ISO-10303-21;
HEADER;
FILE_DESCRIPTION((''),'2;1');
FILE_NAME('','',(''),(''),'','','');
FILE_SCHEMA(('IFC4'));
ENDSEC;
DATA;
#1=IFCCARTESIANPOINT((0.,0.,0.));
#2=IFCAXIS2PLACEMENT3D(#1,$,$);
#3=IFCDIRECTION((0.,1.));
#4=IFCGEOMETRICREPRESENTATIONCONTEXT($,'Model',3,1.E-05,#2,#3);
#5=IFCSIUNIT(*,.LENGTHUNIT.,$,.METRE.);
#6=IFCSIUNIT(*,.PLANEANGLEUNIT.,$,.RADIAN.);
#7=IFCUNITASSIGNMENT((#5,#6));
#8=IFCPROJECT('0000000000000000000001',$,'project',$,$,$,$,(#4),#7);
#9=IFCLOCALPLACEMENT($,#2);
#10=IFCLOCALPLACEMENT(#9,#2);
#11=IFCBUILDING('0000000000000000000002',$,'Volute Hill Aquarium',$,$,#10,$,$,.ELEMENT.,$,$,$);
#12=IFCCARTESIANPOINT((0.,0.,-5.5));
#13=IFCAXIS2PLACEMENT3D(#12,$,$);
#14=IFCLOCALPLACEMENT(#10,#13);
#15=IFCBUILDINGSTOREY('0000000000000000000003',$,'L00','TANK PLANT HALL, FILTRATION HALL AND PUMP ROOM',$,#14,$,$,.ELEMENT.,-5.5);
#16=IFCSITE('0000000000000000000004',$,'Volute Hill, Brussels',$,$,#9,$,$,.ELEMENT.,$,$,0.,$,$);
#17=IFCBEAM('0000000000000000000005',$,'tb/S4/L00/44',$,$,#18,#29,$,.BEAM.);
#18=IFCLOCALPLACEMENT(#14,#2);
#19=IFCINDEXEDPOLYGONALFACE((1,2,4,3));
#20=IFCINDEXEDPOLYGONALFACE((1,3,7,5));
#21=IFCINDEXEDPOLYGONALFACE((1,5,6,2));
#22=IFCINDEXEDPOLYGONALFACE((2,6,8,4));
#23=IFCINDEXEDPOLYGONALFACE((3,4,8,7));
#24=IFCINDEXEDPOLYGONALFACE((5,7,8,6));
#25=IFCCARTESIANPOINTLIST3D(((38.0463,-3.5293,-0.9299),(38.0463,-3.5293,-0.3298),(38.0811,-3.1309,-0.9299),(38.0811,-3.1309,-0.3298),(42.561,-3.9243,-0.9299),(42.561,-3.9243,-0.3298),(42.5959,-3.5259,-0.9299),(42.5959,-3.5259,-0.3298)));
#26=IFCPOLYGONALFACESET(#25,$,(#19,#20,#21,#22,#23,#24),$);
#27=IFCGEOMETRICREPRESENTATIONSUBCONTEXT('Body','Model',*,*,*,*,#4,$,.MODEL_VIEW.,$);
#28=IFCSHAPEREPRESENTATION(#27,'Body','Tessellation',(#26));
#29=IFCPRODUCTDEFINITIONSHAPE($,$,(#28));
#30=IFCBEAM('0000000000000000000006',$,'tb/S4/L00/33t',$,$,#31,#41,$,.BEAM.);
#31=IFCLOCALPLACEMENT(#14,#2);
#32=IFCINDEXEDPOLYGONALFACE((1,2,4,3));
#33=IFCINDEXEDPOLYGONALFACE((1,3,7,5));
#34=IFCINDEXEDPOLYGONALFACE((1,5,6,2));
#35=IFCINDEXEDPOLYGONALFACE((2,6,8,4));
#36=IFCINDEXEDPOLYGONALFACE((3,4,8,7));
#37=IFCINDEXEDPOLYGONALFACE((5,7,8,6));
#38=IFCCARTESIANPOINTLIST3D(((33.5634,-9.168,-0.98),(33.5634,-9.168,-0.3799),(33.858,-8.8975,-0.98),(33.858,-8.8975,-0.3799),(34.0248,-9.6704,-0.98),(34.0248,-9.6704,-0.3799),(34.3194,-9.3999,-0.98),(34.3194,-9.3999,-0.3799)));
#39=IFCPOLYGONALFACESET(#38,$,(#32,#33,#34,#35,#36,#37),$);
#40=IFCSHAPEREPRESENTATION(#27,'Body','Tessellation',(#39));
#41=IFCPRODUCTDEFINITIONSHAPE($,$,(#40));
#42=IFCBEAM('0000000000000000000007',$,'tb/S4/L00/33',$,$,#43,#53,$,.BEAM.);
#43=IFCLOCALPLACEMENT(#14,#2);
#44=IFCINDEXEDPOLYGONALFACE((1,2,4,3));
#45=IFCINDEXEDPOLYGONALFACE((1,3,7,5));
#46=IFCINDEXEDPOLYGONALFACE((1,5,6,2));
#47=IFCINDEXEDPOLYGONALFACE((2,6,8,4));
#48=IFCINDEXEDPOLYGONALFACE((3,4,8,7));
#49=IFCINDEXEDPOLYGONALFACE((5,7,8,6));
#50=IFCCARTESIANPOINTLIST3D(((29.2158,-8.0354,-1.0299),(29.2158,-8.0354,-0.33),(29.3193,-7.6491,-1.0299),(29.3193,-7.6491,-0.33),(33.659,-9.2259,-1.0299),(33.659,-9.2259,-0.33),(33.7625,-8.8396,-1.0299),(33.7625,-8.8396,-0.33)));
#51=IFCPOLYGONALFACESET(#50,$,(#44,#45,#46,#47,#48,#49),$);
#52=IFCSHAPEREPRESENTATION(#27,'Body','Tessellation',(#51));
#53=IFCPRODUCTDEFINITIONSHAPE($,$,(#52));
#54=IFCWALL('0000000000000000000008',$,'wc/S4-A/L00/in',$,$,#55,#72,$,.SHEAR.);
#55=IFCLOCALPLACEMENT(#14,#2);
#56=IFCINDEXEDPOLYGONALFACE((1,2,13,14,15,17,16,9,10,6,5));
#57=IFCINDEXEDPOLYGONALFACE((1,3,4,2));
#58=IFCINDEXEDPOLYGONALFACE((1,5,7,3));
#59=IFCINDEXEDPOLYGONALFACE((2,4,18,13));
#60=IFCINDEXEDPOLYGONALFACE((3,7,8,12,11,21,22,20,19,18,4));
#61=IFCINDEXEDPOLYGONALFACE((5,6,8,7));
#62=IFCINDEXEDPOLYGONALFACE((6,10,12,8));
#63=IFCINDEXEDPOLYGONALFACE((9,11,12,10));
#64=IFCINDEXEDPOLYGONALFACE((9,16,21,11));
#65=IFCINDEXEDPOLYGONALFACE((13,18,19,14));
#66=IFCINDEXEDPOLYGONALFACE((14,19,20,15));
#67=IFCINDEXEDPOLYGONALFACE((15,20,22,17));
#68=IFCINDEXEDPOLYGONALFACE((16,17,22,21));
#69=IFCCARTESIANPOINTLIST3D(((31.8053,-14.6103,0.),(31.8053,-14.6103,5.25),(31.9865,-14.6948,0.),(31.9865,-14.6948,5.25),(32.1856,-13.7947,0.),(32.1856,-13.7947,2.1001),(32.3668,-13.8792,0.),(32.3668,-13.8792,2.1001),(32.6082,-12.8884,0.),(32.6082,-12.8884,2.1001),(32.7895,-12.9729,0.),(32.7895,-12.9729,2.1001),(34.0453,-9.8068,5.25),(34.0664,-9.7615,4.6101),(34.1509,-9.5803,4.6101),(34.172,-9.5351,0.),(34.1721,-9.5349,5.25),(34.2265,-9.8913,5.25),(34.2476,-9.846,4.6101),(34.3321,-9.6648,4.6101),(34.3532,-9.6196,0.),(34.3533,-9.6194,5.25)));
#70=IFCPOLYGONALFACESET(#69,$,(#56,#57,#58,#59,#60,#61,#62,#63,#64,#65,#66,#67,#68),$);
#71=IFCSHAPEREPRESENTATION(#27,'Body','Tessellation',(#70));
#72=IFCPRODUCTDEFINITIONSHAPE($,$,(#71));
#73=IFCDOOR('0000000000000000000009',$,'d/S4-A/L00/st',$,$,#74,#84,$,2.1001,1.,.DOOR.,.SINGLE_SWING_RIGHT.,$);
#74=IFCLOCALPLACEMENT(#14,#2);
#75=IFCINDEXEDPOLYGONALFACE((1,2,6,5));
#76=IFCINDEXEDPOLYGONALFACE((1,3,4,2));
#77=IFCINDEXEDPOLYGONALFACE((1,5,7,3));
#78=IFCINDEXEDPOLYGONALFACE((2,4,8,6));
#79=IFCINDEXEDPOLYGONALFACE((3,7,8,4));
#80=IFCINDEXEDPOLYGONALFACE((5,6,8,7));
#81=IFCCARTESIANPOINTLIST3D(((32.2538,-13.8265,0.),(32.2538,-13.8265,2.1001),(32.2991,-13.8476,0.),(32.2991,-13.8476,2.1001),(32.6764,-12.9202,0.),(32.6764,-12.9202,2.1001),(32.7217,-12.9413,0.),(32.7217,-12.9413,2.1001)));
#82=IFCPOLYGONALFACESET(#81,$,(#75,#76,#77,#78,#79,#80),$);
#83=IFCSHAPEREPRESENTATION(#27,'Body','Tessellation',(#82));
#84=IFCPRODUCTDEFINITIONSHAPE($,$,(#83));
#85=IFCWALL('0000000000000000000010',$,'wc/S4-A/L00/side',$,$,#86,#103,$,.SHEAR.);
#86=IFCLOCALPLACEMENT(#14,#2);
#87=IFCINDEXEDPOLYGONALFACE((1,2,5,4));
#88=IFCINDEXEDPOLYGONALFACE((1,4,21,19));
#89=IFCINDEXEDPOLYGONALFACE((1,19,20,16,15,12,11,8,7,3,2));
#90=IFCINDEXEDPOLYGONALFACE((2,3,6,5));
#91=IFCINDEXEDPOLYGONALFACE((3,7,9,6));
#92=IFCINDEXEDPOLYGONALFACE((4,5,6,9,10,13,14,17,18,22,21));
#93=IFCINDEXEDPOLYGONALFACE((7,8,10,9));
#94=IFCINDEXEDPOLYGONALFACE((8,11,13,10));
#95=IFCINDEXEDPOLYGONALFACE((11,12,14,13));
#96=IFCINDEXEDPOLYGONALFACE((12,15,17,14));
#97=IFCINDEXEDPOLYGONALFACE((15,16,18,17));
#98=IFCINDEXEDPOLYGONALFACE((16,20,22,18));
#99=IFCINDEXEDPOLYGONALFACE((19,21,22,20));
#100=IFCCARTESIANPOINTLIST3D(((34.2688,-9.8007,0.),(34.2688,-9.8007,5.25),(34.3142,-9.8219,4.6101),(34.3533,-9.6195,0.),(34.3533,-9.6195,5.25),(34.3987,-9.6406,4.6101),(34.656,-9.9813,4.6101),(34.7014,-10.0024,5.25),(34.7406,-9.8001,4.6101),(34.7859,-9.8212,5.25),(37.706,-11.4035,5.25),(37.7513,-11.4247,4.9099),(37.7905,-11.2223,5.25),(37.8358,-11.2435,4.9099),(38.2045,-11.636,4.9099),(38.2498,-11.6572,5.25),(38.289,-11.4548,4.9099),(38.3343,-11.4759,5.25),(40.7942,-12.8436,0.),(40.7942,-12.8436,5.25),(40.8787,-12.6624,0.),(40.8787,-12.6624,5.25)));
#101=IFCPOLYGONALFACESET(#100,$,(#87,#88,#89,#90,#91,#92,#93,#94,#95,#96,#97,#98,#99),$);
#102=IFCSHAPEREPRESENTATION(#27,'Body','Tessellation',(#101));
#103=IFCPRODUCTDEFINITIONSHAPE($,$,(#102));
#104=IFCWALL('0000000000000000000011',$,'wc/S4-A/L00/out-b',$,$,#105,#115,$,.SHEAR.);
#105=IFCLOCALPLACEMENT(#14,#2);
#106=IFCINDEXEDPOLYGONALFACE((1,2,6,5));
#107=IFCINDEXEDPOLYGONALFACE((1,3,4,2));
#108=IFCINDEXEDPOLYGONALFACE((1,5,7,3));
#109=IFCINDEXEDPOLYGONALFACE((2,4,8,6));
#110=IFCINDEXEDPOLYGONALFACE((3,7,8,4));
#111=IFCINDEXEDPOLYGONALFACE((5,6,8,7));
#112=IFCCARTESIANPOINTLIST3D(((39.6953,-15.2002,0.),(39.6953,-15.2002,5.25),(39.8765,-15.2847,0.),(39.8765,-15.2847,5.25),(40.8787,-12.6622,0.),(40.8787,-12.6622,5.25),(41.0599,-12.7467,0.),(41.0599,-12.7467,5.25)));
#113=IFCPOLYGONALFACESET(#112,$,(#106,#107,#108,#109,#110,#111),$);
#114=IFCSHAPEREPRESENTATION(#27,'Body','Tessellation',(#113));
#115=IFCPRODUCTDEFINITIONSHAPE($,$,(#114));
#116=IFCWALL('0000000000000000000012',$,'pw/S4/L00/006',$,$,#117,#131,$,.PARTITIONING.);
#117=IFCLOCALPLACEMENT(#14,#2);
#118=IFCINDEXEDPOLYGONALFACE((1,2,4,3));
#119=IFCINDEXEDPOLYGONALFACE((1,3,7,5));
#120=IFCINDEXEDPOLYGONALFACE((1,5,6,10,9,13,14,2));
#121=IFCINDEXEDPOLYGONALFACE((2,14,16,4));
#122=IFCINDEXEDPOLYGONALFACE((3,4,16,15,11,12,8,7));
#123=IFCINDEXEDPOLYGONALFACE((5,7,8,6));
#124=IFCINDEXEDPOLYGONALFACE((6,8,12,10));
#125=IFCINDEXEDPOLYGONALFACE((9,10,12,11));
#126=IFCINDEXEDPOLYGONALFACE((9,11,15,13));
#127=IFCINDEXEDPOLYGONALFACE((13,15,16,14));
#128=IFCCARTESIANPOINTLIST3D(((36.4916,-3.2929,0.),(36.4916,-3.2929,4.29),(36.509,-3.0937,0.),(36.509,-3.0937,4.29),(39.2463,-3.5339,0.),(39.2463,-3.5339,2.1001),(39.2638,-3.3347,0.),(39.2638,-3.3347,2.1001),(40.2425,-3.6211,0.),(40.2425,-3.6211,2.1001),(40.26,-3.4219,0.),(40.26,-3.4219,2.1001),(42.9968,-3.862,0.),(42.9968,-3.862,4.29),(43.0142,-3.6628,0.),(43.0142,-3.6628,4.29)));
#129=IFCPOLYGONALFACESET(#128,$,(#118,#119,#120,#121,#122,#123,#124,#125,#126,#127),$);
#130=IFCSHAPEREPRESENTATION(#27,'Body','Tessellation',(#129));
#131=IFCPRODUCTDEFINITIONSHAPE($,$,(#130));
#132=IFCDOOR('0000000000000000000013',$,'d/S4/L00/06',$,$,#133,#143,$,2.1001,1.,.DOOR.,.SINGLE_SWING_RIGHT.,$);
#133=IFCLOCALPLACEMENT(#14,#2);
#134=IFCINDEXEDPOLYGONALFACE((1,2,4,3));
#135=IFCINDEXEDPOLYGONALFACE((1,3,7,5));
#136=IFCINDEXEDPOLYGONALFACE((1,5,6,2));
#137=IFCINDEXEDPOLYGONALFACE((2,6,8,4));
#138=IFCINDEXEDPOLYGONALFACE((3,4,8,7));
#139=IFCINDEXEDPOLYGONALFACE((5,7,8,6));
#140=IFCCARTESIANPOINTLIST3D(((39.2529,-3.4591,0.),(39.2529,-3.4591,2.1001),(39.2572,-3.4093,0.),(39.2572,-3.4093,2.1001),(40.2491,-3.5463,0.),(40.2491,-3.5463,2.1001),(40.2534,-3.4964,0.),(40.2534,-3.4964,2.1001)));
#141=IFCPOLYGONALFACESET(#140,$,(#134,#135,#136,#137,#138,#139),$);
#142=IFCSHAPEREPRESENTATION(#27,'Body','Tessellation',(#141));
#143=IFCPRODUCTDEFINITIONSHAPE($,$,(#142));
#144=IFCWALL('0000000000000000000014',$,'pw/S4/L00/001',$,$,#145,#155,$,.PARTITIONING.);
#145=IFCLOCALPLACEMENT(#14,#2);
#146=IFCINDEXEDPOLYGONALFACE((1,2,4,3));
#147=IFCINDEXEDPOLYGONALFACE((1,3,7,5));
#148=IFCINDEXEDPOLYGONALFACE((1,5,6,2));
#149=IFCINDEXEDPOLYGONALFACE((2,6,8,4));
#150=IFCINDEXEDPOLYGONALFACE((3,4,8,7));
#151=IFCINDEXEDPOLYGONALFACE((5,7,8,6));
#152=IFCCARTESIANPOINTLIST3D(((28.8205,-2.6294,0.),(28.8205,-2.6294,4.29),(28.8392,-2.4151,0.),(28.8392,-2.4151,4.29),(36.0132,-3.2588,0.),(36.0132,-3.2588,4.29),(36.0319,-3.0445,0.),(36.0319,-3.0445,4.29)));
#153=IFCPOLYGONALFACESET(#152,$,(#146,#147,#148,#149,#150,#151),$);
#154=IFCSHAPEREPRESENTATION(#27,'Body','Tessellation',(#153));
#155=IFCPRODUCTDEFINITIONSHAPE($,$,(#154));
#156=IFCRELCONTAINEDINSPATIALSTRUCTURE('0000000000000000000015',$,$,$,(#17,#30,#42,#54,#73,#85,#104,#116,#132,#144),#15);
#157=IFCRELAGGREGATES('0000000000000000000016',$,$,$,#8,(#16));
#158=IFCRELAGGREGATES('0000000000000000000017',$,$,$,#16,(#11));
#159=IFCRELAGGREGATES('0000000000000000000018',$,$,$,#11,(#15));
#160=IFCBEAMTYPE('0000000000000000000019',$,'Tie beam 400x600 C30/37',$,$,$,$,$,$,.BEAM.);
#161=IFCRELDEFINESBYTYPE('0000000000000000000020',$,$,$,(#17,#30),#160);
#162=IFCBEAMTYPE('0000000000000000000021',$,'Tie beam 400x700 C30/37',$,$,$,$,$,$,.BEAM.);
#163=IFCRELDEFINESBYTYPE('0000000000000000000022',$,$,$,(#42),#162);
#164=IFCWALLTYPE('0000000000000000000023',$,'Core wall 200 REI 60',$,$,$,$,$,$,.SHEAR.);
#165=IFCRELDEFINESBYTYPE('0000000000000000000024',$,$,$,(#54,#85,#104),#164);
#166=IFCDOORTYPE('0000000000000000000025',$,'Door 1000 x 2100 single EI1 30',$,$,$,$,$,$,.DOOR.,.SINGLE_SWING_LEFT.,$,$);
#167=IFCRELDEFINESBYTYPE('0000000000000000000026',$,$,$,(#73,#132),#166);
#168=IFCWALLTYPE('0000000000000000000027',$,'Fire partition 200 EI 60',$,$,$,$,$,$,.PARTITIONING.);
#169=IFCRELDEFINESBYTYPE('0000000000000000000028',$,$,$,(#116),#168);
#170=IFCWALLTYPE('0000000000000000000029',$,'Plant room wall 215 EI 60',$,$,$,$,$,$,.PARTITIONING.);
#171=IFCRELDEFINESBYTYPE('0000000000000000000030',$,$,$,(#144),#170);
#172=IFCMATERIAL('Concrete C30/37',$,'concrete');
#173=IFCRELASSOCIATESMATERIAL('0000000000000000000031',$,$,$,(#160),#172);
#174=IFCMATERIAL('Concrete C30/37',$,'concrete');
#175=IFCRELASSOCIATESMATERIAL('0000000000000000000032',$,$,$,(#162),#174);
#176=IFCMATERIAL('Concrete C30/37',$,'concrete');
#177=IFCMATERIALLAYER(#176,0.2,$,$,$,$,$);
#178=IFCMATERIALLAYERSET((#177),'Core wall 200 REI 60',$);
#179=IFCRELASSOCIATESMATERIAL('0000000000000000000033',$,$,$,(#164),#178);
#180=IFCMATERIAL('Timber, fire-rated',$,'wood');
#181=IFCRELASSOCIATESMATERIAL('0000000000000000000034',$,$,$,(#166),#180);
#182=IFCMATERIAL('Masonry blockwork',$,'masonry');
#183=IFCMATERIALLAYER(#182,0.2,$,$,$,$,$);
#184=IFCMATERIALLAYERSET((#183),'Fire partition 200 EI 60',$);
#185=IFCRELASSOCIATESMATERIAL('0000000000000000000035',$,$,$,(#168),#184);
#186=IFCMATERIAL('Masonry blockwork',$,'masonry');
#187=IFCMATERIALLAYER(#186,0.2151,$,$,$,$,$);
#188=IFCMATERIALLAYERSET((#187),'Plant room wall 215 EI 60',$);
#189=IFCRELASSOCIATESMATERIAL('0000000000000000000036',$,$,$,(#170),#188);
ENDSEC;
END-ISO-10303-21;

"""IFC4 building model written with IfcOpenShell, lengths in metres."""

from ifc_helpers import new_model, si_unit, direction, frame, frame_2d, origin, origin_2d, place, context, subcontext, project, spatial, polyline, rectangle, outline, extrude, material, layer, layer_set, material_profile, profile_set, type_object, element, fill, save


model = new_model("IFC4")

# Units and contexts
model_context = context("Model", 3, precision=1e-05, world=origin(), true_north=direction((0.0, 1.0)))
body_context = subcontext(model_context, "Body", "Model", "MODEL_VIEW")
ifc_project = project(units=[si_unit("LENGTHUNIT", "METRE"), si_unit("PLANEANGLEUNIT", "RADIAN")], contexts=[model_context])

# Site, building, storey
site_placement = place(None, origin())
site = spatial("IfcSite", under=ifc_project, at=site_placement, Name="Volute Hill, Brussels", CompositionType="ELEMENT", RefElevation=0.0)
building_placement = place(site_placement, origin())
building = spatial("IfcBuilding", under=site, at=building_placement, Name="Volute Hill Aquarium", CompositionType="ELEMENT")
storey_placement = place(building_placement, frame((0.0, 0.0, -5.5)))
storey = spatial("IfcBuildingStorey", under=building, at=storey_placement, Name="L00", Description="TANK PLANT HALL, FILTRATION HALL AND PUMP ROOM", CompositionType="ELEMENT", Elevation=-5.5)

# Beams
ifc_material_1 = material(Name="Concrete C30/37", Category="concrete")
ifc_material_profile_1 = material_profile(ifc_material_1, rectangle(XDim=0.3999, YDim=0.6001, at=origin_2d()), Name="RC tie beam 400x600")
ifc_profile_set_1 = profile_set([ifc_material_profile_1], Name="Concrete C30/37")
beam_type_1 = type_object("IfcBeamType", Name="Tie beam 400x600 C30/37", PredefinedType="BEAM", material=ifc_profile_set_1)
beam_1_placement = place(storey_placement, frame((38.0637, -3.3301, -0.6299), z_axis=(0.996194, -0.087164, 0.0), x_axis=(0.087164, 0.996194, 0.0)))
element("IfcBeam", 1, at=beam_1_placement, inside=storey, type_object=beam_type_1, Name="tb/S4/L00/44", PredefinedType="BEAM", context=body_context, shape_type="SweptSolid", body=[
    extrude(rectangle(XDim=0.3999, YDim=0.6001, at=origin_2d()), origin(), (0.0, 0.0, 1.0), 4.532),
])
beam_2_placement = place(storey_placement, frame((33.7107, -9.0327, -0.6799), z_axis=(0.676405, -0.73653, 0.0), x_axis=(0.73653, 0.676405, 0.0)))
element("IfcBeam", 2, at=beam_2_placement, inside=storey, type_object=beam_type_1, Name="tb/S4/L00/33t", PredefinedType="BEAM", context=body_context, shape_type="SweptSolid", body=[
    extrude(rectangle(XDim=0.3999, YDim=0.6001, at=origin_2d()), origin(), (0.0, 0.0, 1.0), 0.6821),
])
ifc_material_2 = material(Name="Concrete C30/37", Category="concrete")
ifc_material_profile_2 = material_profile(ifc_material_2, rectangle(XDim=0.3999, YDim=0.7, at=origin_2d()), Name="RC tie beam 400x700")
ifc_profile_set_2 = profile_set([ifc_material_profile_2], Name="Concrete C30/37")
beam_type_2 = type_object("IfcBeamType", Name="Tie beam 400x700 C30/37", PredefinedType="BEAM", material=ifc_profile_set_2)
beam_3_placement = place(storey_placement, frame((29.2676, -7.8423, -0.6799), z_axis=(0.965931, -0.258799, 0.0), x_axis=(0.258799, 0.965931, 0.0)))
element("IfcBeam", 3, at=beam_3_placement, inside=storey, type_object=beam_type_2, Name="tb/S4/L00/33", PredefinedType="BEAM", context=body_context, shape_type="SweptSolid", body=[
    extrude(rectangle(XDim=0.3999, YDim=0.7, at=origin_2d()), origin(), (0.0, 0.0, 1.0), 4.5999),
])

# Wall, opening, door
ifc_material_3 = material(Name="Concrete C30/37", Category="concrete")
ifc_layer_1 = layer(ifc_material_3, 0.2)
ifc_layer_set_1 = layer_set([ifc_layer_1], Name="Core wall 200 REI 60")
wall_type_1 = type_object("IfcWallType", Name="Core wall 200 REI 60", PredefinedType="SHEAR", material=ifc_layer_set_1)
wall_1_placement = place(storey_placement, frame((31.896, -14.6526, 0.0), z_axis=(0.0, 0.0, 1.0), x_axis=(0.422632, 0.906301, 0.0)))
wall_1 = element("IfcWall", 4, at=wall_1_placement, inside=storey, type_object=wall_type_1, Name="wc/S4-A/L00/in", PredefinedType="SHEAR", context=body_context, shape_type="SweptSolid", body=[
    extrude(outline(polyline([(0.0, 0.0), (5.5999, 0.0), (5.6001, 5.25), (5.55, 4.6101), (5.3501, 4.6101), (5.3, 5.25), (0.0, 5.25), (0.0, 0.0)])), frame((0.0, 0.1001, 0.0), z_axis=(0.0, -1.0, 0.0), x_axis=(1.0, 0.0, 0.0)), (0.0, 0.0, 1.0), 0.2),
])
opening_1_placement = place(wall_1_placement, frame((0.8999, 0.0, 0.0)))
opening_1 = element("IfcOpeningElement", 5, at=opening_1_placement, cuts=wall_1, PredefinedType="OPENING", context=body_context, shape_type="SweptSolid", body=[
    extrude(rectangle(XDim=1.0, YDim=2.1001, at=frame_2d((0.5, 1.05))), frame((0.0, 0.1099, 0.0), z_axis=(0.0, -1.0, 0.0), x_axis=(1.0, 0.0, 0.0)), (0.0, 0.0, 1.0), 0.22),
])
ifc_material_4 = material(Name="Timber, fire-rated", Category="wood")
door_type_1 = type_object("IfcDoorType", Name="Door 1000 x 2100 single EI1 30", OperationType="SINGLE_SWING_LEFT", PredefinedType="DOOR", material=ifc_material_4)
door_1_placement = place(opening_1_placement, origin())
door_1 = element("IfcDoor", 6, at=door_1_placement, inside=storey, type_object=door_type_1, Name="d/S4-A/L00/st", OperationType="SINGLE_SWING_RIGHT", OverallHeight=2.1001, OverallWidth=1.0, PredefinedType="DOOR", context=body_context, shape_type="SweptSolid", body=[
    extrude(rectangle(XDim=1.0, YDim=2.1001, at=frame_2d((0.5, 1.05))), frame((0.0, 0.0249, 0.0), z_axis=(0.0, -1.0, 0.0), x_axis=(1.0, 0.0, 0.0)), (0.0, 0.0, 1.0), 0.05),
])
fill(opening_1, door_1)

# Walls
wall_2_placement = place(storey_placement, frame((34.311, -9.7102, 0.0), z_axis=(0.0, 0.0, 1.0), x_axis=(0.906301, -0.422633, 0.0)))
element("IfcWall", 7, at=wall_2_placement, inside=storey, type_object=wall_type_1, Name="wc/S4-A/L00/side", PredefinedType="SHEAR", context=body_context, shape_type="SweptSolid", body=[
    extrude(outline(polyline([(0.0, 0.0), (7.2, 0.0), (7.2, 5.25), (4.3926, 5.25), (4.3425, 4.9099), (3.8425, 4.9099), (3.7925, 5.25), (0.4773, 5.25), (0.4272, 4.6101), (0.05, 4.6101), (0.0, 5.25), (0.0, 0.0)])), frame((0.0, 0.1001, 0.0), z_axis=(0.0, -1.0, 0.0), x_axis=(1.0, 0.0, 0.0)), (0.0, 0.0, 1.0), 0.2),
])
wall_3_placement = place(storey_placement, frame((39.7859, -15.2424, 0.0), z_axis=(0.0, 0.0, 1.0), x_axis=(0.422599, 0.906317, 0.0)))
element("IfcWall", 8, at=wall_3_placement, inside=storey, type_object=wall_type_1, Name="wc/S4-A/L00/out-b", PredefinedType="SHEAR", context=body_context, shape_type="SweptSolid", body=[
    extrude(rectangle(XDim=2.8003, YDim=0.2, at=frame_2d((1.4001, 0.0))), origin(), (0.0, 0.0, 1.0), 5.25),
])

# Wall, opening, door
ifc_material_5 = material(Name="Masonry blockwork", Category="masonry")
ifc_layer_2 = layer(ifc_material_5, 0.2)
ifc_layer_set_2 = layer_set([ifc_layer_2], Name="Fire partition 200 EI 60")
wall_type_2 = type_object("IfcWallType", Name="Fire partition 200 EI 60", PredefinedType="PARTITIONING", material=ifc_layer_set_2)
wall_4_placement = place(storey_placement, frame((43.0056, -3.7625, 0.0), z_axis=(0.0, 0.0, 1.0), x_axis=(-0.996195, 0.087151, 0.0)))
wall_4 = element("IfcWall", 9, at=wall_4_placement, inside=storey, type_object=wall_type_2, Name="pw/S4/L00/006", PredefinedType="PARTITIONING", context=body_context, shape_type="SweptSolid", body=[
    extrude(rectangle(XDim=6.53, YDim=0.2, at=frame_2d((3.2651, 0.0))), origin(), (0.0, 0.0, 1.0), 4.29),
])
opening_2_placement = place(wall_4_placement, frame((2.7649, 0.0, 0.0)))
opening_2 = element("IfcOpeningElement", 10, at=opening_2_placement, cuts=wall_4, PredefinedType="OPENING", context=body_context, shape_type="SweptSolid", body=[
    extrude(rectangle(XDim=1.0, YDim=2.1001, at=frame_2d((0.5, 1.05))), frame((0.0, 0.1099, 0.0), z_axis=(0.0, -1.0, 0.0), x_axis=(1.0, 0.0, 0.0)), (0.0, 0.0, 1.0), 0.22),
])
door_2_placement = place(opening_2_placement, origin())
door_2 = element("IfcDoor", 11, at=door_2_placement, inside=storey, type_object=door_type_1, Name="d/S4/L00/06", OperationType="SINGLE_SWING_RIGHT", OverallHeight=2.1001, OverallWidth=1.0, PredefinedType="DOOR", context=body_context, shape_type="SweptSolid", body=[
    extrude(rectangle(XDim=1.0, YDim=2.1001, at=frame_2d((0.5, 1.05))), frame((0.0, 0.0249, 0.0), z_axis=(0.0, -1.0, 0.0), x_axis=(1.0, 0.0, 0.0)), (0.0, 0.0, 1.0), 0.05),
])
fill(opening_2, door_2)

# Wall
ifc_material_6 = material(Name="Masonry blockwork", Category="masonry")
ifc_layer_3 = layer(ifc_material_6, 0.2151)
ifc_layer_set_3 = layer_set([ifc_layer_3], Name="Plant room wall 215 EI 60")
wall_type_3 = type_object("IfcWallType", Name="Plant room wall 215 EI 60", PredefinedType="PARTITIONING", material=ifc_layer_set_3)
wall_5_placement = place(storey_placement, frame((28.8298, -2.5222, 0.0), z_axis=(0.0, 0.0, 1.0), x_axis=(0.996193, -0.087172, 0.0)))
element("IfcWall", 12, at=wall_5_placement, inside=storey, type_object=wall_type_3, Name="pw/S4/L00/001", PredefinedType="PARTITIONING", context=body_context, shape_type="SweptSolid", body=[
    extrude(rectangle(XDim=7.2202, YDim=0.2151, at=frame_2d((3.6101, 0.0))), origin(), (0.0, 0.0, 1.0), 4.29),
])

save(model, "model.ifc")
